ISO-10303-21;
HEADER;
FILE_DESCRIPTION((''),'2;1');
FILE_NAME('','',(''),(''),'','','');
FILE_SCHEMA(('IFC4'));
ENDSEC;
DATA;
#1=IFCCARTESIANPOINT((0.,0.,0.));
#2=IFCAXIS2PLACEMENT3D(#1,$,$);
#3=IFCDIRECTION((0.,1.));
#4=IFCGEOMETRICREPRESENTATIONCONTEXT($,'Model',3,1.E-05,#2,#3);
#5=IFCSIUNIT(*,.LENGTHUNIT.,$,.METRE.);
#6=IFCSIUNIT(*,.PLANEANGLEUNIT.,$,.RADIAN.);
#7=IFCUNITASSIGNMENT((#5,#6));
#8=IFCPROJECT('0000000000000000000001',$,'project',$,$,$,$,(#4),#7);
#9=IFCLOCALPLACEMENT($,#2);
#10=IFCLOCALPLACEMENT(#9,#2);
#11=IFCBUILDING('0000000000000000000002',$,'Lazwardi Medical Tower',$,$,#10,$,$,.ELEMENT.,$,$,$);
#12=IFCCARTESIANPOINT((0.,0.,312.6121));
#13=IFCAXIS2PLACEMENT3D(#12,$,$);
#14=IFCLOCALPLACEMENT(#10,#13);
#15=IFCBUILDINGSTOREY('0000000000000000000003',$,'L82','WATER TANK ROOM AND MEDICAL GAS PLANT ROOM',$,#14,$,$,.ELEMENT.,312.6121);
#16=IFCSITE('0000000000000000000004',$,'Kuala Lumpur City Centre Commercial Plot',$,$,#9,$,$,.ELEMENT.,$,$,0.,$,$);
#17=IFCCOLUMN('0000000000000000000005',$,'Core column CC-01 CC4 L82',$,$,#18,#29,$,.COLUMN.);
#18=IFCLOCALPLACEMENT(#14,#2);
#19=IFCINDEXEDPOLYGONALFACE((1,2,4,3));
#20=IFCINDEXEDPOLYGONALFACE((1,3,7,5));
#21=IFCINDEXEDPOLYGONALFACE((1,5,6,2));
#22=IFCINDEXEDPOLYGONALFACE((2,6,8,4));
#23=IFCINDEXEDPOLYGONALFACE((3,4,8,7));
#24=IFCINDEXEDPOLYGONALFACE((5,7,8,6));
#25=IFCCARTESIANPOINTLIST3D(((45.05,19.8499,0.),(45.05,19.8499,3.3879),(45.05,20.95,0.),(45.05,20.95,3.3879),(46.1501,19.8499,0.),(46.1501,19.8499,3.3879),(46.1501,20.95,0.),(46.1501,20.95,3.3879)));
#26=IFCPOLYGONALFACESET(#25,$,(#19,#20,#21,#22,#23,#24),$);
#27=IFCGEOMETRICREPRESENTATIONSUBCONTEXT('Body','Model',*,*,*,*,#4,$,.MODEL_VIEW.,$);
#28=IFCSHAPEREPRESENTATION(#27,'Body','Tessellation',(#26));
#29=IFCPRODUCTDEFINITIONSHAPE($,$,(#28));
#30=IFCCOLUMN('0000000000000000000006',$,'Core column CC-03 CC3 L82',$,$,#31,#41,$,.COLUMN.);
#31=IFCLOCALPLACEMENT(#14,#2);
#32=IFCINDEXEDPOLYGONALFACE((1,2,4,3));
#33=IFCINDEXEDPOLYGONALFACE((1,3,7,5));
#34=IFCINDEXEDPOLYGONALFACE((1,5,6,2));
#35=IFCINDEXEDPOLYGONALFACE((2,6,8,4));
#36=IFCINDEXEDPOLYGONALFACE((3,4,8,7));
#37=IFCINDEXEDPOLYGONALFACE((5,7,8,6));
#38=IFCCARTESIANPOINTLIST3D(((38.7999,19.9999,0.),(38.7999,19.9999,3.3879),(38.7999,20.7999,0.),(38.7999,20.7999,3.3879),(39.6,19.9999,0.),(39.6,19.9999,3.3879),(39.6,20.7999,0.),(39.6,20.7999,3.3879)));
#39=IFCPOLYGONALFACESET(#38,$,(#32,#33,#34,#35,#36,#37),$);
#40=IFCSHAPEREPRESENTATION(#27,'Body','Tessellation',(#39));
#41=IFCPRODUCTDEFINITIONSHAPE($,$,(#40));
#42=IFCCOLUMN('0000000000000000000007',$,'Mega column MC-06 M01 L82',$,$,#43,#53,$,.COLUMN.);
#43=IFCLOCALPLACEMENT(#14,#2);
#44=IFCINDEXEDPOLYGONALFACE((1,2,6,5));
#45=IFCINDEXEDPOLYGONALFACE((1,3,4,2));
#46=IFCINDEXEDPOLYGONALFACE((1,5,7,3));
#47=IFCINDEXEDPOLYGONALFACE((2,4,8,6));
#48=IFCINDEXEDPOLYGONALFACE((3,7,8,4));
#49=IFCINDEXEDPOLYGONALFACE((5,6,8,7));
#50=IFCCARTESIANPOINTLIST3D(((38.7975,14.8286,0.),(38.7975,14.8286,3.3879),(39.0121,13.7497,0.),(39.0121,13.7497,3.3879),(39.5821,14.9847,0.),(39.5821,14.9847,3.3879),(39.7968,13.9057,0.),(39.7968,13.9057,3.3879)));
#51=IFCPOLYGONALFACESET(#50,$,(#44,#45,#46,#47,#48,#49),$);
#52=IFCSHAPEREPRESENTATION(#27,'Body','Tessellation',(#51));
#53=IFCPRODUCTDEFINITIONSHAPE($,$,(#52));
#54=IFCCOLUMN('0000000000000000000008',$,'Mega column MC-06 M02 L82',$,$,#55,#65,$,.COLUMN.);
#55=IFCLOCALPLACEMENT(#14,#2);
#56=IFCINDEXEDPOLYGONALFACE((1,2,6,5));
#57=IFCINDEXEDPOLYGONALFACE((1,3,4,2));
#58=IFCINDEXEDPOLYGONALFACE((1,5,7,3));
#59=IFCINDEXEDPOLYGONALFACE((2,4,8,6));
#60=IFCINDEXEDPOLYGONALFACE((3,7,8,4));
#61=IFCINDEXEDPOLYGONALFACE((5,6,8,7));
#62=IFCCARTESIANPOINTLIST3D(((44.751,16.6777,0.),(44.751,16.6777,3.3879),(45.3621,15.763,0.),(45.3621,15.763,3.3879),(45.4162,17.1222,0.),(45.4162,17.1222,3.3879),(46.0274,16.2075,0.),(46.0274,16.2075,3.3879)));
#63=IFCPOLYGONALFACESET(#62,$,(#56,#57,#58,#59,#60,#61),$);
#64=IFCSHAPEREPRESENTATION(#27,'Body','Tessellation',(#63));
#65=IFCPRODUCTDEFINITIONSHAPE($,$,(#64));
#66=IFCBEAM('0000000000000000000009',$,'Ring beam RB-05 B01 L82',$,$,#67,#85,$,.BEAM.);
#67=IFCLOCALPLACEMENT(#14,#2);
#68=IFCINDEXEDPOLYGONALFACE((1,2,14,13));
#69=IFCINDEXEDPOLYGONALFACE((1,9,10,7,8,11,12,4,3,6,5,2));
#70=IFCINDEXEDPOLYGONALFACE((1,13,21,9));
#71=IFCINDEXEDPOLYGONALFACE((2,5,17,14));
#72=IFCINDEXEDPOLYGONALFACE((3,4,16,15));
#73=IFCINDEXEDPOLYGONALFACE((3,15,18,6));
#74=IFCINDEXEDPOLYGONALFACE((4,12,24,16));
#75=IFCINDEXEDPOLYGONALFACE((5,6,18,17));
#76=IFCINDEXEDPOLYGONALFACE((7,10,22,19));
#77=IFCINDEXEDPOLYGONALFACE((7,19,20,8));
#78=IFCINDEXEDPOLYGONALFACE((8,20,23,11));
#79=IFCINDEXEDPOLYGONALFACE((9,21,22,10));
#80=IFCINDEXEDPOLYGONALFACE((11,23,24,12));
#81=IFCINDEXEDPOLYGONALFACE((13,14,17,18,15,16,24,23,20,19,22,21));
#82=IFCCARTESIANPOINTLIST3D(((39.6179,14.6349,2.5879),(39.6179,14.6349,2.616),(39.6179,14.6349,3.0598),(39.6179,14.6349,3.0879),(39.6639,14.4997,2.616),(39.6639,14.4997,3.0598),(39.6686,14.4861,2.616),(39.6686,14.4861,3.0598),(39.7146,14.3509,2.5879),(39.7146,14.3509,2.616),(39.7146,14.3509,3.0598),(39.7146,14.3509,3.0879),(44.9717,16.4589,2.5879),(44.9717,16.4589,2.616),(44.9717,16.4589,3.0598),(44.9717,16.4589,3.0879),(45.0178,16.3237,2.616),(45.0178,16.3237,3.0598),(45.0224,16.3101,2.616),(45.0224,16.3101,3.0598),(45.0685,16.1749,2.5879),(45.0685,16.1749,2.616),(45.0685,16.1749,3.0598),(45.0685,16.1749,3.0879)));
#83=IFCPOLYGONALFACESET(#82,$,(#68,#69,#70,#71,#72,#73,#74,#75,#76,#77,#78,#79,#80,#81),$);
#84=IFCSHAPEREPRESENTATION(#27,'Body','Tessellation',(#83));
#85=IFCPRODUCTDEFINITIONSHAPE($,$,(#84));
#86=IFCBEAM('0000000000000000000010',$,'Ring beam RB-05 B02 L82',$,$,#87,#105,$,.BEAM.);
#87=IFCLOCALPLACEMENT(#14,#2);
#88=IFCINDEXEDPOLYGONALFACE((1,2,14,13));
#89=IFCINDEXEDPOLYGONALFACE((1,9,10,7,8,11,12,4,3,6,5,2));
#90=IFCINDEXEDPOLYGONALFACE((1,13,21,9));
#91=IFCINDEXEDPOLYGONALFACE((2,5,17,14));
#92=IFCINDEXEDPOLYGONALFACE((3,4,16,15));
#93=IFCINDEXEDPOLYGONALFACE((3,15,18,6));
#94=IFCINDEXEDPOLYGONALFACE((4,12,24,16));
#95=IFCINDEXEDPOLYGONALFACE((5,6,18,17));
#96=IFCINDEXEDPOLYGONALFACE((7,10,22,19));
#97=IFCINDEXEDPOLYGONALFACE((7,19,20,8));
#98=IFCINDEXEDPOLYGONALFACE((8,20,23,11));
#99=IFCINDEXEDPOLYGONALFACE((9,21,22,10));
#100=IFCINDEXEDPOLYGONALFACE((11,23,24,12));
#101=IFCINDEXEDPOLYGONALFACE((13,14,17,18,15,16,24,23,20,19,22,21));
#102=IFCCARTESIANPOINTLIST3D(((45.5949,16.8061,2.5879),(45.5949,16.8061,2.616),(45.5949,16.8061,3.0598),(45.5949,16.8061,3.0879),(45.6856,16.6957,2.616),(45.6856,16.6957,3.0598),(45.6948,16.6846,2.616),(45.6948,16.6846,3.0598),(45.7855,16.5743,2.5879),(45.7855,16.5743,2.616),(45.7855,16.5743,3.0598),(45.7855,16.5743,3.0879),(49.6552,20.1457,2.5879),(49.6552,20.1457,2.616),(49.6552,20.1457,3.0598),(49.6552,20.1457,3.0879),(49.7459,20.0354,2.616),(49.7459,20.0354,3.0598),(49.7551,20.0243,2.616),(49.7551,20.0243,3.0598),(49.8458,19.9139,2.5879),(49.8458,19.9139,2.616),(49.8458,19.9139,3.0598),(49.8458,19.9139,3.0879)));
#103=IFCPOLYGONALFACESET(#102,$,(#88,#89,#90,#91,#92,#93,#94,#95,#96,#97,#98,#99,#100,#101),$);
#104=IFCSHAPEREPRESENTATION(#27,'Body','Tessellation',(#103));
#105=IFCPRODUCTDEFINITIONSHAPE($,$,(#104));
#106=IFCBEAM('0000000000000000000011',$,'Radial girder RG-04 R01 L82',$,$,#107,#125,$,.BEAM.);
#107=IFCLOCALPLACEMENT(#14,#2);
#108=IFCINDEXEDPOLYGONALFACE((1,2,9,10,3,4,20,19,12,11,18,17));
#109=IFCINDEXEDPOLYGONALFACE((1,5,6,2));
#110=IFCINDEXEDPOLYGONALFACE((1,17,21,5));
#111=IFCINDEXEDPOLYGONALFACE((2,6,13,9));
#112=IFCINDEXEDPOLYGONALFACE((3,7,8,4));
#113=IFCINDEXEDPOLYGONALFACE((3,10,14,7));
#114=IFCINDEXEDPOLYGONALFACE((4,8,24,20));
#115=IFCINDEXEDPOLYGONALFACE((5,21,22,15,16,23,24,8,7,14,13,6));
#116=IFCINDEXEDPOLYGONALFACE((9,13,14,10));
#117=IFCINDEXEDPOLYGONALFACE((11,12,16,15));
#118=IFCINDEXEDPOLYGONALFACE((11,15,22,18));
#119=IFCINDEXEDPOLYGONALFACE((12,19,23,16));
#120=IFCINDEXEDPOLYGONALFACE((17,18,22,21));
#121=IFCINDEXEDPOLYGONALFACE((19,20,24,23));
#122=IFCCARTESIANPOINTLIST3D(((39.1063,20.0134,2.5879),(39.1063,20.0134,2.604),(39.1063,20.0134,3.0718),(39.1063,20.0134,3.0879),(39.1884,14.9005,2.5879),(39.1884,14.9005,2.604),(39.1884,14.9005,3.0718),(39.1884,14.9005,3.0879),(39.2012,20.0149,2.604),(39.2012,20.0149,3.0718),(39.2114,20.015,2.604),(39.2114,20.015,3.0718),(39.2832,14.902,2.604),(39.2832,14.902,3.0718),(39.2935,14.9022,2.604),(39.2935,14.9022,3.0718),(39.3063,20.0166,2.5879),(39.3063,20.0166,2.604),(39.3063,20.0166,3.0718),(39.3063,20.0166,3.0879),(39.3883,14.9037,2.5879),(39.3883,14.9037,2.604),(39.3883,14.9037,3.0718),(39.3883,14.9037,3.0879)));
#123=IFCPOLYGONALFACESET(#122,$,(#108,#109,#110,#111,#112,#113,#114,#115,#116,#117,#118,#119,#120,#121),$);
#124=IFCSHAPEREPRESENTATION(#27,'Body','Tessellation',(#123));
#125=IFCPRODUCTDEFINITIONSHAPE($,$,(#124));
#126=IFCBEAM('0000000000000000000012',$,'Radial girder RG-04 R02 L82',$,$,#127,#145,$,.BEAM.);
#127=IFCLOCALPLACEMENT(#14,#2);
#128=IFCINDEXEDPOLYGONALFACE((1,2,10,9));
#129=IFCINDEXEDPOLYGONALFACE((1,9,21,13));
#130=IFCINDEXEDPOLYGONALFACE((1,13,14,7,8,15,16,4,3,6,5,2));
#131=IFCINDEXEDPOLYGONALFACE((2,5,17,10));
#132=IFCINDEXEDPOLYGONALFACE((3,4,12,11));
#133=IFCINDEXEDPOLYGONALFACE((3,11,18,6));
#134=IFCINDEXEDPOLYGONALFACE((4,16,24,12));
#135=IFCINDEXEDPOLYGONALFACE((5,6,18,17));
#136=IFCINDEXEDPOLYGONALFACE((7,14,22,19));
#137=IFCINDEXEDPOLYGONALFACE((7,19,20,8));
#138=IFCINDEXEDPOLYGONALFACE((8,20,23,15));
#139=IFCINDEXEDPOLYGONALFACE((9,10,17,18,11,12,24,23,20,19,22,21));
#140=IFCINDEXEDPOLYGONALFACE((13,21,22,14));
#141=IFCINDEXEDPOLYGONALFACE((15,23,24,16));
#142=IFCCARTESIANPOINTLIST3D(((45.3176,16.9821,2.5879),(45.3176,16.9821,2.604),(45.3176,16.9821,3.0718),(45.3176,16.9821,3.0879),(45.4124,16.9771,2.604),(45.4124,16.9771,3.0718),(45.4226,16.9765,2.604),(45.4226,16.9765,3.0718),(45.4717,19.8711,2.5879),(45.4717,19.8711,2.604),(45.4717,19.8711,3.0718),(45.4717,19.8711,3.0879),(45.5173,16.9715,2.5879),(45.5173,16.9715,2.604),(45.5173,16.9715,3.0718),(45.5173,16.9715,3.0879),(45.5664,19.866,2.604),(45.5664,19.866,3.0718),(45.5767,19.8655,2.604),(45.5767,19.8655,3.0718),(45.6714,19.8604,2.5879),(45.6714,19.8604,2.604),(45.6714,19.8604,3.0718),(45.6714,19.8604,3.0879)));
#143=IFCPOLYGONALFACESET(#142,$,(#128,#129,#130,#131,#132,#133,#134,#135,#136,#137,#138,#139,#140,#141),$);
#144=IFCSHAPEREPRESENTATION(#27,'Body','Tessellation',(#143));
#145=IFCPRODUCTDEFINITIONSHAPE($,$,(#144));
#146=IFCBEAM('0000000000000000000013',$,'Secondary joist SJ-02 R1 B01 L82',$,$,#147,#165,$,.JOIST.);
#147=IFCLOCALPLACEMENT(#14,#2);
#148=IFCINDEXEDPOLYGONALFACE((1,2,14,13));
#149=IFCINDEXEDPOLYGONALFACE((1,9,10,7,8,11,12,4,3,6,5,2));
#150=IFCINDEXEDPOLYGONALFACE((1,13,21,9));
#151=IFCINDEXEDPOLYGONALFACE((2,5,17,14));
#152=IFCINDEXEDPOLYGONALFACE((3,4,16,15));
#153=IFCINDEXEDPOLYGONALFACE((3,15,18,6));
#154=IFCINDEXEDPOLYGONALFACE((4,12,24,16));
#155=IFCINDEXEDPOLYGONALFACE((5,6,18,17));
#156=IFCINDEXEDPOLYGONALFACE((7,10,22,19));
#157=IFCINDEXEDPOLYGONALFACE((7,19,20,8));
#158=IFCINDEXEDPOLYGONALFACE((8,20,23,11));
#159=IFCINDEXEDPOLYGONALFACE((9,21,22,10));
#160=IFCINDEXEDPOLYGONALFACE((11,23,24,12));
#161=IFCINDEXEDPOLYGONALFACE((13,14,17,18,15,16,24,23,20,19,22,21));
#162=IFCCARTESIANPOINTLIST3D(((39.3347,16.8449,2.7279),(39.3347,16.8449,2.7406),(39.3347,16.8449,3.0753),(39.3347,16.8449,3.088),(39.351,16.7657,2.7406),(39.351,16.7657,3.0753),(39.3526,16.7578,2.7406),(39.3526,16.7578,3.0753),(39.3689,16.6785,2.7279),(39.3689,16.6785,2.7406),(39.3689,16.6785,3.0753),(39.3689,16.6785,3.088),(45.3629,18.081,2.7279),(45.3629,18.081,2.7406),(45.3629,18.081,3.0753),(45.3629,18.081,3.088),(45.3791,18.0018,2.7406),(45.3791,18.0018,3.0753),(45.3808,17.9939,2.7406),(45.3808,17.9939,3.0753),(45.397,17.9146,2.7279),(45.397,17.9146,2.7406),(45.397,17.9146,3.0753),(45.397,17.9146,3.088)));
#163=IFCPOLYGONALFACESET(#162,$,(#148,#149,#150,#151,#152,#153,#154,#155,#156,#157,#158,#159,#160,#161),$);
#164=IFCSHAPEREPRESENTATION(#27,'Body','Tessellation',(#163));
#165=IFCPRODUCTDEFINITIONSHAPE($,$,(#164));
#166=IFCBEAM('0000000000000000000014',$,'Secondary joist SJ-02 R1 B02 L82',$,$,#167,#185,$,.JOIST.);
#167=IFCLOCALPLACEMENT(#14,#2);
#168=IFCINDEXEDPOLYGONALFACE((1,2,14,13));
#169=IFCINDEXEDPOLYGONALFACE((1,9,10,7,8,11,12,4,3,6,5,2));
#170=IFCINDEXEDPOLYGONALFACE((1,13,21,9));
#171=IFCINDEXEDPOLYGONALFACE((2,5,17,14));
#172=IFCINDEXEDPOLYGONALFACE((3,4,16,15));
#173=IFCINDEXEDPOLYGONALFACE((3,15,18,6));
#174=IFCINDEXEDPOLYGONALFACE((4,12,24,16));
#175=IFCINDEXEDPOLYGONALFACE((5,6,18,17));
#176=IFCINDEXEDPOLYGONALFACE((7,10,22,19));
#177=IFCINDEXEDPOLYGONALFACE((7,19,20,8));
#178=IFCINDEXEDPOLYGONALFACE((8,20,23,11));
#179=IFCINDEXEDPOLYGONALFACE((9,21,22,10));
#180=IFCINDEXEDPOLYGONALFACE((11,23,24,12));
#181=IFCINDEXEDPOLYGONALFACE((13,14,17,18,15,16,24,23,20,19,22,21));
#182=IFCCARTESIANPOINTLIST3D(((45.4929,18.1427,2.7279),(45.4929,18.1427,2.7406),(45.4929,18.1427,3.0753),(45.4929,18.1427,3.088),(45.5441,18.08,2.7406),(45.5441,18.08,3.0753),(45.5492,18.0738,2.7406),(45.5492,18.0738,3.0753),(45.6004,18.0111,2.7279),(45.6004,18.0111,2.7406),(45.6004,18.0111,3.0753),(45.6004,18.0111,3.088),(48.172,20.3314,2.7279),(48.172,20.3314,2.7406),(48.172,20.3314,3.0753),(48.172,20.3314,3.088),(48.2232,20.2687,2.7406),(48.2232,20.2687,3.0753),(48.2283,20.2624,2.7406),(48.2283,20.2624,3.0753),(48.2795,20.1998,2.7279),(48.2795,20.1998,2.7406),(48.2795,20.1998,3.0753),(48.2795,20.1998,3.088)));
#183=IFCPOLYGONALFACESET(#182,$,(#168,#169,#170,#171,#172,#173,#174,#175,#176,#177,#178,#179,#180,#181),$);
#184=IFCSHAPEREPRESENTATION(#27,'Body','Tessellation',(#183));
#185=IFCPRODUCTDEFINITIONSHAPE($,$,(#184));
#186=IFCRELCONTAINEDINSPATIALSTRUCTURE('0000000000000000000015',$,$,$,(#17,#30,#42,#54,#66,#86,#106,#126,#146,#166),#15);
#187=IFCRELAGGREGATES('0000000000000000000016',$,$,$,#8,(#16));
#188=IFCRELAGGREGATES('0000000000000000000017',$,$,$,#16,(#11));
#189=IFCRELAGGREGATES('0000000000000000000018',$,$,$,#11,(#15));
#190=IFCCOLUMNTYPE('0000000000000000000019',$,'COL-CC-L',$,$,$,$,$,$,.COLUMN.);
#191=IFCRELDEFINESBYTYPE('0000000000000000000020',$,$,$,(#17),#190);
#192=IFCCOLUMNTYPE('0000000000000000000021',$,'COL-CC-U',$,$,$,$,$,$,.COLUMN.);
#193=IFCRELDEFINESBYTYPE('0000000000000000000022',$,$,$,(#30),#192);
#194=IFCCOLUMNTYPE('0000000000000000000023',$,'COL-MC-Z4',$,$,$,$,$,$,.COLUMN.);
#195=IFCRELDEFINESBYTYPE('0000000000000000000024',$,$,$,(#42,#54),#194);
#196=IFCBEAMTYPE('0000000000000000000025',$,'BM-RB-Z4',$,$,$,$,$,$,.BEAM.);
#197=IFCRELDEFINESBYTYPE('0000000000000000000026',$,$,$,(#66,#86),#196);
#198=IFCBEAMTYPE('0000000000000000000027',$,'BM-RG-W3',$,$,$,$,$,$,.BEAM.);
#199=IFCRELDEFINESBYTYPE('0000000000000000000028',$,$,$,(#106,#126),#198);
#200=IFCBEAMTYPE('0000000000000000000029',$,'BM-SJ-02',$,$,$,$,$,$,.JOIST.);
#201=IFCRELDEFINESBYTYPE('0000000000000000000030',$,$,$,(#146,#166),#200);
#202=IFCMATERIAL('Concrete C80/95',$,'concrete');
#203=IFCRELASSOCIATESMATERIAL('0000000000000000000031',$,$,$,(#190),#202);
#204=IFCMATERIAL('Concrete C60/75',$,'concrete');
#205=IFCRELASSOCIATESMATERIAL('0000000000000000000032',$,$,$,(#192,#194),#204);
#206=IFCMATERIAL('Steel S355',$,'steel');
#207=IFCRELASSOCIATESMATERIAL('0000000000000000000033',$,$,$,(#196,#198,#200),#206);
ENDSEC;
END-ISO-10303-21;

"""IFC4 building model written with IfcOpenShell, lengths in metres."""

from ifc_helpers import new_model, si_unit, direction, frame, origin, origin_2d, place, context, subcontext, project, spatial, rectangle, i_section, extrude, material, material_profile, profile_set, type_object, element, save


model = new_model("IFC4")

# Units and contexts
model_context = context("Model", 3, precision=1e-05, world=origin(), true_north=direction((0.0, 1.0)))
body_context = subcontext(model_context, "Body", "Model", "MODEL_VIEW")
ifc_project = project(units=[si_unit("LENGTHUNIT", "METRE"), si_unit("PLANEANGLEUNIT", "RADIAN")], contexts=[model_context])

# Site, building, storey
site_placement = place(None, origin())
site = spatial("IfcSite", under=ifc_project, at=site_placement, Name="Kuala Lumpur City Centre Commercial Plot", CompositionType="ELEMENT", RefElevation=0.0)
building_placement = place(site_placement, origin())
building = spatial("IfcBuilding", under=site, at=building_placement, Name="Lazwardi Medical Tower", CompositionType="ELEMENT")
storey_placement = place(building_placement, frame((0.0, 0.0, 312.6121)))
storey = spatial("IfcBuildingStorey", under=building, at=storey_placement, Name="L82", Description="WATER TANK ROOM AND MEDICAL GAS PLANT ROOM", CompositionType="ELEMENT", Elevation=312.6121)

# Columns
ifc_material_1 = material(Name="Concrete C80/95", Category="concrete")
ifc_material_profile_1 = material_profile(ifc_material_1, rectangle(XDim=1.1001, YDim=1.1001, at=origin_2d()), Name="RC 1100x1100")
ifc_profile_set_1 = profile_set([ifc_material_profile_1], Name="Concrete C80/95")
column_type_1 = type_object("IfcColumnType", Name="COL-CC-L", PredefinedType="COLUMN", material=ifc_profile_set_1)
column_1_placement = place(storey_placement, frame((45.6001, 20.3999, 0.0), z_axis=(0.0, 0.0, 1.0), x_axis=(1.0, 0.0, 0.0)))
element("IfcColumn", 1, at=column_1_placement, inside=storey, type_object=column_type_1, Name="Core column CC-01 CC4 L82", PredefinedType="COLUMN", context=body_context, shape_type="SweptSolid", body=[
    extrude(rectangle(XDim=1.1001, YDim=1.1001, at=origin_2d()), origin(), (0.0, 0.0, 1.0), 3.3879),
])
ifc_material_2 = material(Name="Concrete C60/75", Category="concrete")
ifc_material_profile_2 = material_profile(ifc_material_2, rectangle(XDim=0.8, YDim=0.8, at=origin_2d()), Name="RC 800x800")
ifc_profile_set_2 = profile_set([ifc_material_profile_2], Name="Concrete C60/75")
column_type_2 = type_object("IfcColumnType", Name="COL-CC-U", PredefinedType="COLUMN", material=ifc_profile_set_2)
column_2_placement = place(storey_placement, frame((39.2, 20.3999, 0.0), z_axis=(0.0, 0.0, 1.0), x_axis=(1.0, 0.0, 0.0)))
element("IfcColumn", 2, at=column_2_placement, inside=storey, type_object=column_type_2, Name="Core column CC-03 CC3 L82", PredefinedType="COLUMN", context=body_context, shape_type="SweptSolid", body=[
    extrude(rectangle(XDim=0.8, YDim=0.8, at=origin_2d()), origin(), (0.0, 0.0, 1.0), 3.3879),
])
ifc_material_profile_3 = material_profile(ifc_material_2, rectangle(XDim=1.1001, YDim=0.8, at=origin_2d()), Name="CFT-RECT 1100x800")
ifc_profile_set_3 = profile_set([ifc_material_profile_3], Name="Concrete C60/75")
column_type_3 = type_object("IfcColumnType", Name="COL-MC-Z4", PredefinedType="COLUMN", material=ifc_profile_set_3)
for number, where, z_axis, x_axis, name in (
    (3, (39.2971, 14.3672, 0.0), (0.0, 0.0, 1.0), (0.19509, -0.980785, 0.0), "Mega column MC-06 M01 L82"),
    (4, (45.3892, 16.4426, 0.0), (0.0, 0.0, 1.0), (0.55557, -0.83147, 0.0), "Mega column MC-06 M02 L82"),
):
    element("IfcColumn", number, at=place(storey_placement, frame(where, z_axis=z_axis, x_axis=x_axis)), inside=storey, type_object=column_type_3, Name=name, PredefinedType="COLUMN", context=body_context, shape_type="SweptSolid", body=[
        extrude(rectangle(XDim=1.1001, YDim=0.8, at=origin_2d()), origin(), (0.0, 0.0, 1.0), 3.3879),
    ])

# Beams
ifc_material_3 = material(Name="Steel S355", Category="steel")
ifc_material_profile_4 = material_profile(ifc_material_3, i_section(OverallWidth=0.3, OverallDepth=0.5, WebThickness=0.0144, FlangeThickness=0.0281, at=origin_2d()), Name="HEB 500")
ifc_profile_set_4 = profile_set([ifc_material_profile_4], Name="Steel S355")
beam_type_1 = type_object("IfcBeamType", Name="BM-RB-Z4", PredefinedType="BEAM", material=ifc_profile_set_4)
beam_1_placement = place(storey_placement, frame((39.6663, 14.4929, 2.8379), z_axis=(0.946573, 0.322488, 0.0), x_axis=(-0.322488, 0.946573, 0.0)))
element("IfcBeam", 5, at=beam_1_placement, inside=storey, type_object=beam_type_1, Name="Ring beam RB-05 B01 L82", PredefinedType="BEAM", context=body_context, shape_type="SweptSolid", body=[
    extrude(i_section(OverallWidth=0.3, OverallDepth=0.5, WebThickness=0.0144, FlangeThickness=0.0281, at=origin_2d()), origin(), (0.0, 0.0, 1.0), 5.656),
])
beam_2_placement = place(storey_placement, frame((45.6902, 16.6902, 2.8379), z_axis=(0.77232, 0.635233, 0.0), x_axis=(-0.635233, 0.77232, 0.0)))
element("IfcBeam", 6, at=beam_2_placement, inside=storey, type_object=beam_type_1, Name="Ring beam RB-05 B02 L82", PredefinedType="BEAM", context=body_context, shape_type="SweptSolid", body=[
    extrude(i_section(OverallWidth=0.3, OverallDepth=0.5, WebThickness=0.0144, FlangeThickness=0.0281, at=origin_2d()), origin(), (0.0, 0.0, 1.0), 5.2573),
])
ifc_material_profile_5 = material_profile(ifc_material_3, i_section(OverallWidth=0.2, OverallDepth=0.5, WebThickness=0.0103, FlangeThickness=0.0161, at=origin_2d()), Name="IPE 500")
ifc_profile_set_5 = profile_set([ifc_material_profile_5], Name="Steel S355")
beam_type_2 = type_object("IfcBeamType", Name="BM-RG-W3", PredefinedType="BEAM", material=ifc_profile_set_5)
beam_3_placement = place(storey_placement, frame((39.2883, 14.9021, 2.8379), z_axis=(-0.016042, 0.999871, 0.0), x_axis=(-0.999871, -0.016042, 0.0)))
element("IfcBeam", 7, at=beam_3_placement, inside=storey, type_object=beam_type_2, Name="Radial girder RG-04 R01 L82", PredefinedType="BEAM", context=body_context, shape_type="SweptSolid", body=[
    extrude(i_section(OverallWidth=0.2, OverallDepth=0.5, WebThickness=0.0103, FlangeThickness=0.0161, at=origin_2d()), origin(), (0.0, 0.0, 1.0), 5.1135),
])
beam_4_placement = place(storey_placement, frame((45.4175, 16.9768, 2.8379), z_axis=(0.05325, 0.998581, 0.0), x_axis=(-0.998581, 0.05325, 0.0)))
element("IfcBeam", 8, at=beam_4_placement, inside=storey, type_object=beam_type_2, Name="Radial girder RG-04 R02 L82", PredefinedType="BEAM", context=body_context, shape_type="SweptSolid", body=[
    extrude(i_section(OverallWidth=0.2, OverallDepth=0.5, WebThickness=0.0103, FlangeThickness=0.0161, at=origin_2d()), origin(), (0.0, 0.0, 1.0), 2.8931),
])
ifc_material_profile_6 = material_profile(ifc_material_3, i_section(OverallWidth=0.1699, OverallDepth=0.3601, WebThickness=0.0081, FlangeThickness=0.0127, at=origin_2d()), Name="IPE 360")
ifc_profile_set_6 = profile_set([ifc_material_profile_6], Name="Steel S355")
beam_type_3 = type_object("IfcBeamType", Name="BM-SJ-02", PredefinedType="JOIST", material=ifc_profile_set_6)
beam_5_placement = place(storey_placement, frame((39.3518, 16.7617, 2.908), z_axis=(0.979617, 0.200875, 0.0), x_axis=(-0.200875, 0.979617, 0.0)))
element("IfcBeam", 9, at=beam_5_placement, inside=storey, type_object=beam_type_3, Name="Secondary joist SJ-02 R1 B01 L82", PredefinedType="JOIST", context=body_context, shape_type="SweptSolid", body=[
    extrude(i_section(OverallWidth=0.1699, OverallDepth=0.3601, WebThickness=0.0081, FlangeThickness=0.0127, at=origin_2d()), origin(), (0.0, 0.0, 1.0), 6.1536),
])
beam_6_placement = place(storey_placement, frame((45.5466, 18.0769, 2.908), z_axis=(0.774432, 0.632657, 0.0), x_axis=(-0.632657, 0.774432, 0.0)))
element("IfcBeam", 10, at=beam_6_placement, inside=storey, type_object=beam_type_3, Name="Secondary joist SJ-02 R1 B02 L82", PredefinedType="JOIST", context=body_context, shape_type="SweptSolid", body=[
    extrude(i_section(OverallWidth=0.1699, OverallDepth=0.3601, WebThickness=0.0081, FlangeThickness=0.0127, at=origin_2d()), origin(), (0.0, 0.0, 1.0), 3.4595),
])

save(model, "model.ifc")
